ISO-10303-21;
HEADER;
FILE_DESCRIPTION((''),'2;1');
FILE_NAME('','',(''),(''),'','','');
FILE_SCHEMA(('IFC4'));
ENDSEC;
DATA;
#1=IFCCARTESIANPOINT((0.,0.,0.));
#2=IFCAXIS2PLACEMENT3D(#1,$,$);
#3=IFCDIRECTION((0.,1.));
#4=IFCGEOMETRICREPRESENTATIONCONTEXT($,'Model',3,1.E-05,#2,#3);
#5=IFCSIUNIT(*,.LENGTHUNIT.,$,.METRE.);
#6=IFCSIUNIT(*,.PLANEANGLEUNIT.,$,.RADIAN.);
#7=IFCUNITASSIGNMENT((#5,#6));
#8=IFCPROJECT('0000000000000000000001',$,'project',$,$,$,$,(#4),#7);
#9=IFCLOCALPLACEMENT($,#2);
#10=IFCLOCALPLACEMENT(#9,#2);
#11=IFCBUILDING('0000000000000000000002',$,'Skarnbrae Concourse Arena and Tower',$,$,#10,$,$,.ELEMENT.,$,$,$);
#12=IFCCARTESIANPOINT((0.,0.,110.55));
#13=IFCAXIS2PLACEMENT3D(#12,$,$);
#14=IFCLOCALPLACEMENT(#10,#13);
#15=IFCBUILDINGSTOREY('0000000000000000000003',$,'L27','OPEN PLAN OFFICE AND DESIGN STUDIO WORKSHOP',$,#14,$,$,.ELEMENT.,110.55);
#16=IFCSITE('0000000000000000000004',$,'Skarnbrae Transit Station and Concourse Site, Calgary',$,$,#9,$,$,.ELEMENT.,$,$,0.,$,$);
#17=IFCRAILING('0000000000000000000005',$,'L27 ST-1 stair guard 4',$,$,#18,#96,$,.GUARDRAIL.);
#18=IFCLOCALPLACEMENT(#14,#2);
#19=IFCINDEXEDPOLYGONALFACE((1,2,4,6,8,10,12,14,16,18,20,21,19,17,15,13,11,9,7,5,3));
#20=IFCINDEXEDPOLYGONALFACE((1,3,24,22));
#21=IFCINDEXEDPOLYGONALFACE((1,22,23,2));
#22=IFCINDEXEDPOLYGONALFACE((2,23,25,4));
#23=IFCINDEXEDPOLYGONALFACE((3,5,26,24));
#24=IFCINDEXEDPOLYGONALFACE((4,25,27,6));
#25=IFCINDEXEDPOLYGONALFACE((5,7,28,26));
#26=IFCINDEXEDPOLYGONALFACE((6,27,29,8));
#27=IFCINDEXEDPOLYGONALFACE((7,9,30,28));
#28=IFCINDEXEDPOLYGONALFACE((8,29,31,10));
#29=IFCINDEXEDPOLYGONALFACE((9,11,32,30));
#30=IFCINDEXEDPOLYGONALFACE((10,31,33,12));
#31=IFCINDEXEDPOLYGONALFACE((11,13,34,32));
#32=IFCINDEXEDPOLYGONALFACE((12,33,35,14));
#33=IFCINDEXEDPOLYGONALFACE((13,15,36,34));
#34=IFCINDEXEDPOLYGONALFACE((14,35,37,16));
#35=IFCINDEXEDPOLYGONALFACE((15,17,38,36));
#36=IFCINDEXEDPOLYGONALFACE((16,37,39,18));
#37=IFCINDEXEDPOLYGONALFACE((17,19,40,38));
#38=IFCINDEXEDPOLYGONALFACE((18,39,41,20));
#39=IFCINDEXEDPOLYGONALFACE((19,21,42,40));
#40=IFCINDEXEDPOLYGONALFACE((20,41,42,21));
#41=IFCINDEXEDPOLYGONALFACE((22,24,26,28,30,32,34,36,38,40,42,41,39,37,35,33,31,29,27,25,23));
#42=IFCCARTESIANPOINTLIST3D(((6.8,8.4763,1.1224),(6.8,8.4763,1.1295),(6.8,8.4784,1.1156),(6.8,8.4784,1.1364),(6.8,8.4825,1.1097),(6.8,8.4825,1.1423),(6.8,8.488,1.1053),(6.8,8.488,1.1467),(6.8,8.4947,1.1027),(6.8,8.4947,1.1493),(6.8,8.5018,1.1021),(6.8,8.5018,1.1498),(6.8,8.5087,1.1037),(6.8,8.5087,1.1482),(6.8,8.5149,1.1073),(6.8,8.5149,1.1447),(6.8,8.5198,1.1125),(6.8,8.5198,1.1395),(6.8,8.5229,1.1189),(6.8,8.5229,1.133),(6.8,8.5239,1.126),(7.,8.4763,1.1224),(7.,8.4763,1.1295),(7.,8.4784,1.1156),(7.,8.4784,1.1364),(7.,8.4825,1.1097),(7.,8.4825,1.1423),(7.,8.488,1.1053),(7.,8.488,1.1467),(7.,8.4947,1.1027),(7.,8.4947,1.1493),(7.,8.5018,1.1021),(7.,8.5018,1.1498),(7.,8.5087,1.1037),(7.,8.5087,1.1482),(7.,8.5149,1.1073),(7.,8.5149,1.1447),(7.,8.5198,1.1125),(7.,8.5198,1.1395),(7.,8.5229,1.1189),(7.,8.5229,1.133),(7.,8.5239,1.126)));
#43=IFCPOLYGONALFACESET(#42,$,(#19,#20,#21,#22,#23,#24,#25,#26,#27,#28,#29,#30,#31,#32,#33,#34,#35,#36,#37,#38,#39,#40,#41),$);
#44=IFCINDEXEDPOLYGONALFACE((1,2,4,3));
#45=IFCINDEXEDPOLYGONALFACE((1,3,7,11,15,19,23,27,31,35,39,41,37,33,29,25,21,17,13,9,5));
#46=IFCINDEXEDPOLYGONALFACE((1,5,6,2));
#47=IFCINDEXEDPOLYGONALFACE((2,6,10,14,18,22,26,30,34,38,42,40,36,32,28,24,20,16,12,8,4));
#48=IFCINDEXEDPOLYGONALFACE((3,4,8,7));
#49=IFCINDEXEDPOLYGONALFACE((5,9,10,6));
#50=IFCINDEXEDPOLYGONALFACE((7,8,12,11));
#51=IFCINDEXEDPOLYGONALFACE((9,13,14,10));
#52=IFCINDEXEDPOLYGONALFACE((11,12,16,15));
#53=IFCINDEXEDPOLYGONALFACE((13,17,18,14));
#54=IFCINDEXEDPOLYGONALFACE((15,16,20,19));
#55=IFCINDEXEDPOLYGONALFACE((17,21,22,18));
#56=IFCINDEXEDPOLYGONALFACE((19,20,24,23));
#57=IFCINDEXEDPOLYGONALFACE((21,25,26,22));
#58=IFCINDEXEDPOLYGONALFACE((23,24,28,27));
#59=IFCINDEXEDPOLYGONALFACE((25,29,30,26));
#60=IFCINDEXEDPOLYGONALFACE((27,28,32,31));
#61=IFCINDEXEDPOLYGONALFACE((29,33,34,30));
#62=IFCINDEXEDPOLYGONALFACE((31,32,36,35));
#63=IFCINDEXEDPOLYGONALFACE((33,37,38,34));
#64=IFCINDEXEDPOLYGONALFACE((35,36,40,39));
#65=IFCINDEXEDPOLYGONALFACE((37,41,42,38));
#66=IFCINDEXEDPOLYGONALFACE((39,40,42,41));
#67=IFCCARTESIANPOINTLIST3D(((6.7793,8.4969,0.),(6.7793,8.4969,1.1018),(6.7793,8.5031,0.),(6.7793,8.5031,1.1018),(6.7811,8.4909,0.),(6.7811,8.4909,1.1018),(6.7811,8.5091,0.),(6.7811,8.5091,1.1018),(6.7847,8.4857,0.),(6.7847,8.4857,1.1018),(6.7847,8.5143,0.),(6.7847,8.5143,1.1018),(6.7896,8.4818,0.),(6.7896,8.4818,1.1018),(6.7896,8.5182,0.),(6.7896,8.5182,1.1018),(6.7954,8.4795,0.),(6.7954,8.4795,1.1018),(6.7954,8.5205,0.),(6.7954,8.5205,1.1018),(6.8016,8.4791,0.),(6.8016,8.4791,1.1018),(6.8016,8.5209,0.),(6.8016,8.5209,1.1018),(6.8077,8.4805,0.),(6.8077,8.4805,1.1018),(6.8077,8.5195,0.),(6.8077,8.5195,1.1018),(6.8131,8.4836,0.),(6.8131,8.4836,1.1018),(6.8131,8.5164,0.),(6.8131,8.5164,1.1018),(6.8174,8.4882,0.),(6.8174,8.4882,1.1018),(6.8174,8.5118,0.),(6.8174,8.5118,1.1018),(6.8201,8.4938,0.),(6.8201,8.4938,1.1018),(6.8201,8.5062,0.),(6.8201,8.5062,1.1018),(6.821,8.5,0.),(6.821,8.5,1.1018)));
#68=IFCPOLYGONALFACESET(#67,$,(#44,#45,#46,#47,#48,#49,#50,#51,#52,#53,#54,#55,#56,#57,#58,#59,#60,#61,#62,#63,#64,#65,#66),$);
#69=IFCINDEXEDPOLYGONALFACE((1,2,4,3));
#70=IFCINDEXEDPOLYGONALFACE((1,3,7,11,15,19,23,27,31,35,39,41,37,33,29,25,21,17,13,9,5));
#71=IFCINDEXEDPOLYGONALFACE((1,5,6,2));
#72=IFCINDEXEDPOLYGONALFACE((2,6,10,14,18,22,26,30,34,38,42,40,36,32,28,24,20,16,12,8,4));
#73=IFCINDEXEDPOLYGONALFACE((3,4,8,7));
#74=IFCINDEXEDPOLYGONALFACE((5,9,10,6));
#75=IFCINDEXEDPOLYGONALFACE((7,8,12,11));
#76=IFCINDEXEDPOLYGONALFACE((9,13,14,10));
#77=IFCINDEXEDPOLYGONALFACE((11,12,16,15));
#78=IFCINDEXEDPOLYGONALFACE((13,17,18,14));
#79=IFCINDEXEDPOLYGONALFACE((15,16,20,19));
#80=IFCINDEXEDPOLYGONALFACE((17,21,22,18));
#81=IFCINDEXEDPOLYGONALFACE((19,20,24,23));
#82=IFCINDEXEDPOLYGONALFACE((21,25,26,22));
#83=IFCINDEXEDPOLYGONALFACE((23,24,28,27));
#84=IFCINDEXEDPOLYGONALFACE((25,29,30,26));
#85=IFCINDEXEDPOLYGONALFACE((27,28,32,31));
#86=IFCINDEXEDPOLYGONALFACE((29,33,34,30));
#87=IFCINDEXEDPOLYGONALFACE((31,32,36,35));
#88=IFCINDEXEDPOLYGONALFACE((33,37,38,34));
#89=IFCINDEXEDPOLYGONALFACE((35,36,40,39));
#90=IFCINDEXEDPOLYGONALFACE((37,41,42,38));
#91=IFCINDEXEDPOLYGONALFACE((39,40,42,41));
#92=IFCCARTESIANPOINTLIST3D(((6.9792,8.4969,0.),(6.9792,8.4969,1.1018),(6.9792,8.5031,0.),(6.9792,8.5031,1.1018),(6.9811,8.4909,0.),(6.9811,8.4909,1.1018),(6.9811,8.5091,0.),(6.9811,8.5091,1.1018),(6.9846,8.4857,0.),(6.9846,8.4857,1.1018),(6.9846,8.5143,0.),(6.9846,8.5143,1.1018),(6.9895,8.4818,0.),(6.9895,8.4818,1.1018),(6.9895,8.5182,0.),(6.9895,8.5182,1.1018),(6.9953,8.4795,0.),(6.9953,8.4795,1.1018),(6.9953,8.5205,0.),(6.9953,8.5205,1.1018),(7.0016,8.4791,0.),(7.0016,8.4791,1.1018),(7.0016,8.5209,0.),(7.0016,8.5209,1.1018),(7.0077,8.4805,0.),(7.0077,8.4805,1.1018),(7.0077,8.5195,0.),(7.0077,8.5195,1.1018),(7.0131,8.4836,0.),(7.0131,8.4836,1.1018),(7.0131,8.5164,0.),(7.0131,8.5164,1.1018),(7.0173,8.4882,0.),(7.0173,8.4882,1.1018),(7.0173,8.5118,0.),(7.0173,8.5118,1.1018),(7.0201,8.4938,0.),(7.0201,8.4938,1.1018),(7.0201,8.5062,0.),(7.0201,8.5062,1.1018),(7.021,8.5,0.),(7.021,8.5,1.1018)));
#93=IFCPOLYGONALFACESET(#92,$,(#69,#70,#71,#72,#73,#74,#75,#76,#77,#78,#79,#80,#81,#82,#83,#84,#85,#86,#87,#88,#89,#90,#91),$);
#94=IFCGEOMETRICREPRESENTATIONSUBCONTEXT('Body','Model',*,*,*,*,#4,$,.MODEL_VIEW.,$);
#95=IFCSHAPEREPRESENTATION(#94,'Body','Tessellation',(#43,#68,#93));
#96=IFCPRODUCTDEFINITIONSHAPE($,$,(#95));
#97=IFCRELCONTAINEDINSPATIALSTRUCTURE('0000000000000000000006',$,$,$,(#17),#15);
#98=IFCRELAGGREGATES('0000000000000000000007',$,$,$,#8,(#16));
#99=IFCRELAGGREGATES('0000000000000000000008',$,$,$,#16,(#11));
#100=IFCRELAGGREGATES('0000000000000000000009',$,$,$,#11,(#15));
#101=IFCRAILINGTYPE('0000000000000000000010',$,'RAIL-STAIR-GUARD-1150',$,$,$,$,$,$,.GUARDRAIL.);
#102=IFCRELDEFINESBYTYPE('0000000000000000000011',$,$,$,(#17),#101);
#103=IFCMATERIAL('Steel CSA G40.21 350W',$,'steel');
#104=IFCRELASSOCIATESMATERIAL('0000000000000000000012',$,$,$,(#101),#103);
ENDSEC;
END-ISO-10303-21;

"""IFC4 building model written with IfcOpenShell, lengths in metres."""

from ifc_helpers import new_model, si_unit, direction, frame, origin, origin_2d, place, context, subcontext, project, spatial, circle, extrude, material, type_object, element, save


model = new_model("IFC4")

# Units and contexts
model_context = context("Model", 3, precision=1e-05, world=origin(), true_north=direction((0.0, 1.0)))
body_context = subcontext(model_context, "Body", "Model", "MODEL_VIEW")
ifc_project = project(units=[si_unit("LENGTHUNIT", "METRE"), si_unit("PLANEANGLEUNIT", "RADIAN")], contexts=[model_context])

# Site, building, storey
site_placement = place(None, origin())
site = spatial("IfcSite", under=ifc_project, at=site_placement, Name="Skarnbrae Transit Station and Concourse Site, Calgary", CompositionType="ELEMENT", RefElevation=0.0)
building_placement = place(site_placement, origin())
building = spatial("IfcBuilding", under=site, at=building_placement, Name="Skarnbrae Concourse Arena and Tower", CompositionType="ELEMENT")
storey_placement = place(building_placement, frame((0.0, 0.0, 110.55)))
storey = spatial("IfcBuildingStorey", under=building, at=storey_placement, Name="L27", Description="OPEN PLAN OFFICE AND DESIGN STUDIO WORKSHOP", CompositionType="ELEMENT", Elevation=110.55)

# Shared definitions
ifc_material_1 = material(Name="Steel CSA G40.21 350W", Category="steel")

# Railing
railing_type_1 = type_object("IfcRailingType", Name="RAIL-STAIR-GUARD-1150", PredefinedType="GUARDRAIL", material=ifc_material_1)
railing_1_placement = place(storey_placement, frame((6.8, 8.5, 0.0)))
element("IfcRailing", 1, at=railing_1_placement, inside=storey, type_object=railing_type_1, Name="L27 ST-1 stair guard 4", PredefinedType="GUARDRAIL", context=body_context, shape_type="SweptSolid", body=[
    extrude(circle(Radius=0.0239, at=origin_2d()), frame((0.0, 0.0, 1.126), z_axis=(1.0, 0.0, 0.0), x_axis=(0.0, 1.0, 0.0)), (0.0, 0.0, 1.0), 0.2),
    extrude(circle(Radius=0.021, at=origin_2d()), origin(), (0.0, 0.0, 1.0), 1.1018),
    extrude(circle(Radius=0.021, at=origin_2d()), frame((0.2, 0.0, 0.0)), (0.0, 0.0, 1.0), 1.1018),
])

save(model, "model.ifc")
